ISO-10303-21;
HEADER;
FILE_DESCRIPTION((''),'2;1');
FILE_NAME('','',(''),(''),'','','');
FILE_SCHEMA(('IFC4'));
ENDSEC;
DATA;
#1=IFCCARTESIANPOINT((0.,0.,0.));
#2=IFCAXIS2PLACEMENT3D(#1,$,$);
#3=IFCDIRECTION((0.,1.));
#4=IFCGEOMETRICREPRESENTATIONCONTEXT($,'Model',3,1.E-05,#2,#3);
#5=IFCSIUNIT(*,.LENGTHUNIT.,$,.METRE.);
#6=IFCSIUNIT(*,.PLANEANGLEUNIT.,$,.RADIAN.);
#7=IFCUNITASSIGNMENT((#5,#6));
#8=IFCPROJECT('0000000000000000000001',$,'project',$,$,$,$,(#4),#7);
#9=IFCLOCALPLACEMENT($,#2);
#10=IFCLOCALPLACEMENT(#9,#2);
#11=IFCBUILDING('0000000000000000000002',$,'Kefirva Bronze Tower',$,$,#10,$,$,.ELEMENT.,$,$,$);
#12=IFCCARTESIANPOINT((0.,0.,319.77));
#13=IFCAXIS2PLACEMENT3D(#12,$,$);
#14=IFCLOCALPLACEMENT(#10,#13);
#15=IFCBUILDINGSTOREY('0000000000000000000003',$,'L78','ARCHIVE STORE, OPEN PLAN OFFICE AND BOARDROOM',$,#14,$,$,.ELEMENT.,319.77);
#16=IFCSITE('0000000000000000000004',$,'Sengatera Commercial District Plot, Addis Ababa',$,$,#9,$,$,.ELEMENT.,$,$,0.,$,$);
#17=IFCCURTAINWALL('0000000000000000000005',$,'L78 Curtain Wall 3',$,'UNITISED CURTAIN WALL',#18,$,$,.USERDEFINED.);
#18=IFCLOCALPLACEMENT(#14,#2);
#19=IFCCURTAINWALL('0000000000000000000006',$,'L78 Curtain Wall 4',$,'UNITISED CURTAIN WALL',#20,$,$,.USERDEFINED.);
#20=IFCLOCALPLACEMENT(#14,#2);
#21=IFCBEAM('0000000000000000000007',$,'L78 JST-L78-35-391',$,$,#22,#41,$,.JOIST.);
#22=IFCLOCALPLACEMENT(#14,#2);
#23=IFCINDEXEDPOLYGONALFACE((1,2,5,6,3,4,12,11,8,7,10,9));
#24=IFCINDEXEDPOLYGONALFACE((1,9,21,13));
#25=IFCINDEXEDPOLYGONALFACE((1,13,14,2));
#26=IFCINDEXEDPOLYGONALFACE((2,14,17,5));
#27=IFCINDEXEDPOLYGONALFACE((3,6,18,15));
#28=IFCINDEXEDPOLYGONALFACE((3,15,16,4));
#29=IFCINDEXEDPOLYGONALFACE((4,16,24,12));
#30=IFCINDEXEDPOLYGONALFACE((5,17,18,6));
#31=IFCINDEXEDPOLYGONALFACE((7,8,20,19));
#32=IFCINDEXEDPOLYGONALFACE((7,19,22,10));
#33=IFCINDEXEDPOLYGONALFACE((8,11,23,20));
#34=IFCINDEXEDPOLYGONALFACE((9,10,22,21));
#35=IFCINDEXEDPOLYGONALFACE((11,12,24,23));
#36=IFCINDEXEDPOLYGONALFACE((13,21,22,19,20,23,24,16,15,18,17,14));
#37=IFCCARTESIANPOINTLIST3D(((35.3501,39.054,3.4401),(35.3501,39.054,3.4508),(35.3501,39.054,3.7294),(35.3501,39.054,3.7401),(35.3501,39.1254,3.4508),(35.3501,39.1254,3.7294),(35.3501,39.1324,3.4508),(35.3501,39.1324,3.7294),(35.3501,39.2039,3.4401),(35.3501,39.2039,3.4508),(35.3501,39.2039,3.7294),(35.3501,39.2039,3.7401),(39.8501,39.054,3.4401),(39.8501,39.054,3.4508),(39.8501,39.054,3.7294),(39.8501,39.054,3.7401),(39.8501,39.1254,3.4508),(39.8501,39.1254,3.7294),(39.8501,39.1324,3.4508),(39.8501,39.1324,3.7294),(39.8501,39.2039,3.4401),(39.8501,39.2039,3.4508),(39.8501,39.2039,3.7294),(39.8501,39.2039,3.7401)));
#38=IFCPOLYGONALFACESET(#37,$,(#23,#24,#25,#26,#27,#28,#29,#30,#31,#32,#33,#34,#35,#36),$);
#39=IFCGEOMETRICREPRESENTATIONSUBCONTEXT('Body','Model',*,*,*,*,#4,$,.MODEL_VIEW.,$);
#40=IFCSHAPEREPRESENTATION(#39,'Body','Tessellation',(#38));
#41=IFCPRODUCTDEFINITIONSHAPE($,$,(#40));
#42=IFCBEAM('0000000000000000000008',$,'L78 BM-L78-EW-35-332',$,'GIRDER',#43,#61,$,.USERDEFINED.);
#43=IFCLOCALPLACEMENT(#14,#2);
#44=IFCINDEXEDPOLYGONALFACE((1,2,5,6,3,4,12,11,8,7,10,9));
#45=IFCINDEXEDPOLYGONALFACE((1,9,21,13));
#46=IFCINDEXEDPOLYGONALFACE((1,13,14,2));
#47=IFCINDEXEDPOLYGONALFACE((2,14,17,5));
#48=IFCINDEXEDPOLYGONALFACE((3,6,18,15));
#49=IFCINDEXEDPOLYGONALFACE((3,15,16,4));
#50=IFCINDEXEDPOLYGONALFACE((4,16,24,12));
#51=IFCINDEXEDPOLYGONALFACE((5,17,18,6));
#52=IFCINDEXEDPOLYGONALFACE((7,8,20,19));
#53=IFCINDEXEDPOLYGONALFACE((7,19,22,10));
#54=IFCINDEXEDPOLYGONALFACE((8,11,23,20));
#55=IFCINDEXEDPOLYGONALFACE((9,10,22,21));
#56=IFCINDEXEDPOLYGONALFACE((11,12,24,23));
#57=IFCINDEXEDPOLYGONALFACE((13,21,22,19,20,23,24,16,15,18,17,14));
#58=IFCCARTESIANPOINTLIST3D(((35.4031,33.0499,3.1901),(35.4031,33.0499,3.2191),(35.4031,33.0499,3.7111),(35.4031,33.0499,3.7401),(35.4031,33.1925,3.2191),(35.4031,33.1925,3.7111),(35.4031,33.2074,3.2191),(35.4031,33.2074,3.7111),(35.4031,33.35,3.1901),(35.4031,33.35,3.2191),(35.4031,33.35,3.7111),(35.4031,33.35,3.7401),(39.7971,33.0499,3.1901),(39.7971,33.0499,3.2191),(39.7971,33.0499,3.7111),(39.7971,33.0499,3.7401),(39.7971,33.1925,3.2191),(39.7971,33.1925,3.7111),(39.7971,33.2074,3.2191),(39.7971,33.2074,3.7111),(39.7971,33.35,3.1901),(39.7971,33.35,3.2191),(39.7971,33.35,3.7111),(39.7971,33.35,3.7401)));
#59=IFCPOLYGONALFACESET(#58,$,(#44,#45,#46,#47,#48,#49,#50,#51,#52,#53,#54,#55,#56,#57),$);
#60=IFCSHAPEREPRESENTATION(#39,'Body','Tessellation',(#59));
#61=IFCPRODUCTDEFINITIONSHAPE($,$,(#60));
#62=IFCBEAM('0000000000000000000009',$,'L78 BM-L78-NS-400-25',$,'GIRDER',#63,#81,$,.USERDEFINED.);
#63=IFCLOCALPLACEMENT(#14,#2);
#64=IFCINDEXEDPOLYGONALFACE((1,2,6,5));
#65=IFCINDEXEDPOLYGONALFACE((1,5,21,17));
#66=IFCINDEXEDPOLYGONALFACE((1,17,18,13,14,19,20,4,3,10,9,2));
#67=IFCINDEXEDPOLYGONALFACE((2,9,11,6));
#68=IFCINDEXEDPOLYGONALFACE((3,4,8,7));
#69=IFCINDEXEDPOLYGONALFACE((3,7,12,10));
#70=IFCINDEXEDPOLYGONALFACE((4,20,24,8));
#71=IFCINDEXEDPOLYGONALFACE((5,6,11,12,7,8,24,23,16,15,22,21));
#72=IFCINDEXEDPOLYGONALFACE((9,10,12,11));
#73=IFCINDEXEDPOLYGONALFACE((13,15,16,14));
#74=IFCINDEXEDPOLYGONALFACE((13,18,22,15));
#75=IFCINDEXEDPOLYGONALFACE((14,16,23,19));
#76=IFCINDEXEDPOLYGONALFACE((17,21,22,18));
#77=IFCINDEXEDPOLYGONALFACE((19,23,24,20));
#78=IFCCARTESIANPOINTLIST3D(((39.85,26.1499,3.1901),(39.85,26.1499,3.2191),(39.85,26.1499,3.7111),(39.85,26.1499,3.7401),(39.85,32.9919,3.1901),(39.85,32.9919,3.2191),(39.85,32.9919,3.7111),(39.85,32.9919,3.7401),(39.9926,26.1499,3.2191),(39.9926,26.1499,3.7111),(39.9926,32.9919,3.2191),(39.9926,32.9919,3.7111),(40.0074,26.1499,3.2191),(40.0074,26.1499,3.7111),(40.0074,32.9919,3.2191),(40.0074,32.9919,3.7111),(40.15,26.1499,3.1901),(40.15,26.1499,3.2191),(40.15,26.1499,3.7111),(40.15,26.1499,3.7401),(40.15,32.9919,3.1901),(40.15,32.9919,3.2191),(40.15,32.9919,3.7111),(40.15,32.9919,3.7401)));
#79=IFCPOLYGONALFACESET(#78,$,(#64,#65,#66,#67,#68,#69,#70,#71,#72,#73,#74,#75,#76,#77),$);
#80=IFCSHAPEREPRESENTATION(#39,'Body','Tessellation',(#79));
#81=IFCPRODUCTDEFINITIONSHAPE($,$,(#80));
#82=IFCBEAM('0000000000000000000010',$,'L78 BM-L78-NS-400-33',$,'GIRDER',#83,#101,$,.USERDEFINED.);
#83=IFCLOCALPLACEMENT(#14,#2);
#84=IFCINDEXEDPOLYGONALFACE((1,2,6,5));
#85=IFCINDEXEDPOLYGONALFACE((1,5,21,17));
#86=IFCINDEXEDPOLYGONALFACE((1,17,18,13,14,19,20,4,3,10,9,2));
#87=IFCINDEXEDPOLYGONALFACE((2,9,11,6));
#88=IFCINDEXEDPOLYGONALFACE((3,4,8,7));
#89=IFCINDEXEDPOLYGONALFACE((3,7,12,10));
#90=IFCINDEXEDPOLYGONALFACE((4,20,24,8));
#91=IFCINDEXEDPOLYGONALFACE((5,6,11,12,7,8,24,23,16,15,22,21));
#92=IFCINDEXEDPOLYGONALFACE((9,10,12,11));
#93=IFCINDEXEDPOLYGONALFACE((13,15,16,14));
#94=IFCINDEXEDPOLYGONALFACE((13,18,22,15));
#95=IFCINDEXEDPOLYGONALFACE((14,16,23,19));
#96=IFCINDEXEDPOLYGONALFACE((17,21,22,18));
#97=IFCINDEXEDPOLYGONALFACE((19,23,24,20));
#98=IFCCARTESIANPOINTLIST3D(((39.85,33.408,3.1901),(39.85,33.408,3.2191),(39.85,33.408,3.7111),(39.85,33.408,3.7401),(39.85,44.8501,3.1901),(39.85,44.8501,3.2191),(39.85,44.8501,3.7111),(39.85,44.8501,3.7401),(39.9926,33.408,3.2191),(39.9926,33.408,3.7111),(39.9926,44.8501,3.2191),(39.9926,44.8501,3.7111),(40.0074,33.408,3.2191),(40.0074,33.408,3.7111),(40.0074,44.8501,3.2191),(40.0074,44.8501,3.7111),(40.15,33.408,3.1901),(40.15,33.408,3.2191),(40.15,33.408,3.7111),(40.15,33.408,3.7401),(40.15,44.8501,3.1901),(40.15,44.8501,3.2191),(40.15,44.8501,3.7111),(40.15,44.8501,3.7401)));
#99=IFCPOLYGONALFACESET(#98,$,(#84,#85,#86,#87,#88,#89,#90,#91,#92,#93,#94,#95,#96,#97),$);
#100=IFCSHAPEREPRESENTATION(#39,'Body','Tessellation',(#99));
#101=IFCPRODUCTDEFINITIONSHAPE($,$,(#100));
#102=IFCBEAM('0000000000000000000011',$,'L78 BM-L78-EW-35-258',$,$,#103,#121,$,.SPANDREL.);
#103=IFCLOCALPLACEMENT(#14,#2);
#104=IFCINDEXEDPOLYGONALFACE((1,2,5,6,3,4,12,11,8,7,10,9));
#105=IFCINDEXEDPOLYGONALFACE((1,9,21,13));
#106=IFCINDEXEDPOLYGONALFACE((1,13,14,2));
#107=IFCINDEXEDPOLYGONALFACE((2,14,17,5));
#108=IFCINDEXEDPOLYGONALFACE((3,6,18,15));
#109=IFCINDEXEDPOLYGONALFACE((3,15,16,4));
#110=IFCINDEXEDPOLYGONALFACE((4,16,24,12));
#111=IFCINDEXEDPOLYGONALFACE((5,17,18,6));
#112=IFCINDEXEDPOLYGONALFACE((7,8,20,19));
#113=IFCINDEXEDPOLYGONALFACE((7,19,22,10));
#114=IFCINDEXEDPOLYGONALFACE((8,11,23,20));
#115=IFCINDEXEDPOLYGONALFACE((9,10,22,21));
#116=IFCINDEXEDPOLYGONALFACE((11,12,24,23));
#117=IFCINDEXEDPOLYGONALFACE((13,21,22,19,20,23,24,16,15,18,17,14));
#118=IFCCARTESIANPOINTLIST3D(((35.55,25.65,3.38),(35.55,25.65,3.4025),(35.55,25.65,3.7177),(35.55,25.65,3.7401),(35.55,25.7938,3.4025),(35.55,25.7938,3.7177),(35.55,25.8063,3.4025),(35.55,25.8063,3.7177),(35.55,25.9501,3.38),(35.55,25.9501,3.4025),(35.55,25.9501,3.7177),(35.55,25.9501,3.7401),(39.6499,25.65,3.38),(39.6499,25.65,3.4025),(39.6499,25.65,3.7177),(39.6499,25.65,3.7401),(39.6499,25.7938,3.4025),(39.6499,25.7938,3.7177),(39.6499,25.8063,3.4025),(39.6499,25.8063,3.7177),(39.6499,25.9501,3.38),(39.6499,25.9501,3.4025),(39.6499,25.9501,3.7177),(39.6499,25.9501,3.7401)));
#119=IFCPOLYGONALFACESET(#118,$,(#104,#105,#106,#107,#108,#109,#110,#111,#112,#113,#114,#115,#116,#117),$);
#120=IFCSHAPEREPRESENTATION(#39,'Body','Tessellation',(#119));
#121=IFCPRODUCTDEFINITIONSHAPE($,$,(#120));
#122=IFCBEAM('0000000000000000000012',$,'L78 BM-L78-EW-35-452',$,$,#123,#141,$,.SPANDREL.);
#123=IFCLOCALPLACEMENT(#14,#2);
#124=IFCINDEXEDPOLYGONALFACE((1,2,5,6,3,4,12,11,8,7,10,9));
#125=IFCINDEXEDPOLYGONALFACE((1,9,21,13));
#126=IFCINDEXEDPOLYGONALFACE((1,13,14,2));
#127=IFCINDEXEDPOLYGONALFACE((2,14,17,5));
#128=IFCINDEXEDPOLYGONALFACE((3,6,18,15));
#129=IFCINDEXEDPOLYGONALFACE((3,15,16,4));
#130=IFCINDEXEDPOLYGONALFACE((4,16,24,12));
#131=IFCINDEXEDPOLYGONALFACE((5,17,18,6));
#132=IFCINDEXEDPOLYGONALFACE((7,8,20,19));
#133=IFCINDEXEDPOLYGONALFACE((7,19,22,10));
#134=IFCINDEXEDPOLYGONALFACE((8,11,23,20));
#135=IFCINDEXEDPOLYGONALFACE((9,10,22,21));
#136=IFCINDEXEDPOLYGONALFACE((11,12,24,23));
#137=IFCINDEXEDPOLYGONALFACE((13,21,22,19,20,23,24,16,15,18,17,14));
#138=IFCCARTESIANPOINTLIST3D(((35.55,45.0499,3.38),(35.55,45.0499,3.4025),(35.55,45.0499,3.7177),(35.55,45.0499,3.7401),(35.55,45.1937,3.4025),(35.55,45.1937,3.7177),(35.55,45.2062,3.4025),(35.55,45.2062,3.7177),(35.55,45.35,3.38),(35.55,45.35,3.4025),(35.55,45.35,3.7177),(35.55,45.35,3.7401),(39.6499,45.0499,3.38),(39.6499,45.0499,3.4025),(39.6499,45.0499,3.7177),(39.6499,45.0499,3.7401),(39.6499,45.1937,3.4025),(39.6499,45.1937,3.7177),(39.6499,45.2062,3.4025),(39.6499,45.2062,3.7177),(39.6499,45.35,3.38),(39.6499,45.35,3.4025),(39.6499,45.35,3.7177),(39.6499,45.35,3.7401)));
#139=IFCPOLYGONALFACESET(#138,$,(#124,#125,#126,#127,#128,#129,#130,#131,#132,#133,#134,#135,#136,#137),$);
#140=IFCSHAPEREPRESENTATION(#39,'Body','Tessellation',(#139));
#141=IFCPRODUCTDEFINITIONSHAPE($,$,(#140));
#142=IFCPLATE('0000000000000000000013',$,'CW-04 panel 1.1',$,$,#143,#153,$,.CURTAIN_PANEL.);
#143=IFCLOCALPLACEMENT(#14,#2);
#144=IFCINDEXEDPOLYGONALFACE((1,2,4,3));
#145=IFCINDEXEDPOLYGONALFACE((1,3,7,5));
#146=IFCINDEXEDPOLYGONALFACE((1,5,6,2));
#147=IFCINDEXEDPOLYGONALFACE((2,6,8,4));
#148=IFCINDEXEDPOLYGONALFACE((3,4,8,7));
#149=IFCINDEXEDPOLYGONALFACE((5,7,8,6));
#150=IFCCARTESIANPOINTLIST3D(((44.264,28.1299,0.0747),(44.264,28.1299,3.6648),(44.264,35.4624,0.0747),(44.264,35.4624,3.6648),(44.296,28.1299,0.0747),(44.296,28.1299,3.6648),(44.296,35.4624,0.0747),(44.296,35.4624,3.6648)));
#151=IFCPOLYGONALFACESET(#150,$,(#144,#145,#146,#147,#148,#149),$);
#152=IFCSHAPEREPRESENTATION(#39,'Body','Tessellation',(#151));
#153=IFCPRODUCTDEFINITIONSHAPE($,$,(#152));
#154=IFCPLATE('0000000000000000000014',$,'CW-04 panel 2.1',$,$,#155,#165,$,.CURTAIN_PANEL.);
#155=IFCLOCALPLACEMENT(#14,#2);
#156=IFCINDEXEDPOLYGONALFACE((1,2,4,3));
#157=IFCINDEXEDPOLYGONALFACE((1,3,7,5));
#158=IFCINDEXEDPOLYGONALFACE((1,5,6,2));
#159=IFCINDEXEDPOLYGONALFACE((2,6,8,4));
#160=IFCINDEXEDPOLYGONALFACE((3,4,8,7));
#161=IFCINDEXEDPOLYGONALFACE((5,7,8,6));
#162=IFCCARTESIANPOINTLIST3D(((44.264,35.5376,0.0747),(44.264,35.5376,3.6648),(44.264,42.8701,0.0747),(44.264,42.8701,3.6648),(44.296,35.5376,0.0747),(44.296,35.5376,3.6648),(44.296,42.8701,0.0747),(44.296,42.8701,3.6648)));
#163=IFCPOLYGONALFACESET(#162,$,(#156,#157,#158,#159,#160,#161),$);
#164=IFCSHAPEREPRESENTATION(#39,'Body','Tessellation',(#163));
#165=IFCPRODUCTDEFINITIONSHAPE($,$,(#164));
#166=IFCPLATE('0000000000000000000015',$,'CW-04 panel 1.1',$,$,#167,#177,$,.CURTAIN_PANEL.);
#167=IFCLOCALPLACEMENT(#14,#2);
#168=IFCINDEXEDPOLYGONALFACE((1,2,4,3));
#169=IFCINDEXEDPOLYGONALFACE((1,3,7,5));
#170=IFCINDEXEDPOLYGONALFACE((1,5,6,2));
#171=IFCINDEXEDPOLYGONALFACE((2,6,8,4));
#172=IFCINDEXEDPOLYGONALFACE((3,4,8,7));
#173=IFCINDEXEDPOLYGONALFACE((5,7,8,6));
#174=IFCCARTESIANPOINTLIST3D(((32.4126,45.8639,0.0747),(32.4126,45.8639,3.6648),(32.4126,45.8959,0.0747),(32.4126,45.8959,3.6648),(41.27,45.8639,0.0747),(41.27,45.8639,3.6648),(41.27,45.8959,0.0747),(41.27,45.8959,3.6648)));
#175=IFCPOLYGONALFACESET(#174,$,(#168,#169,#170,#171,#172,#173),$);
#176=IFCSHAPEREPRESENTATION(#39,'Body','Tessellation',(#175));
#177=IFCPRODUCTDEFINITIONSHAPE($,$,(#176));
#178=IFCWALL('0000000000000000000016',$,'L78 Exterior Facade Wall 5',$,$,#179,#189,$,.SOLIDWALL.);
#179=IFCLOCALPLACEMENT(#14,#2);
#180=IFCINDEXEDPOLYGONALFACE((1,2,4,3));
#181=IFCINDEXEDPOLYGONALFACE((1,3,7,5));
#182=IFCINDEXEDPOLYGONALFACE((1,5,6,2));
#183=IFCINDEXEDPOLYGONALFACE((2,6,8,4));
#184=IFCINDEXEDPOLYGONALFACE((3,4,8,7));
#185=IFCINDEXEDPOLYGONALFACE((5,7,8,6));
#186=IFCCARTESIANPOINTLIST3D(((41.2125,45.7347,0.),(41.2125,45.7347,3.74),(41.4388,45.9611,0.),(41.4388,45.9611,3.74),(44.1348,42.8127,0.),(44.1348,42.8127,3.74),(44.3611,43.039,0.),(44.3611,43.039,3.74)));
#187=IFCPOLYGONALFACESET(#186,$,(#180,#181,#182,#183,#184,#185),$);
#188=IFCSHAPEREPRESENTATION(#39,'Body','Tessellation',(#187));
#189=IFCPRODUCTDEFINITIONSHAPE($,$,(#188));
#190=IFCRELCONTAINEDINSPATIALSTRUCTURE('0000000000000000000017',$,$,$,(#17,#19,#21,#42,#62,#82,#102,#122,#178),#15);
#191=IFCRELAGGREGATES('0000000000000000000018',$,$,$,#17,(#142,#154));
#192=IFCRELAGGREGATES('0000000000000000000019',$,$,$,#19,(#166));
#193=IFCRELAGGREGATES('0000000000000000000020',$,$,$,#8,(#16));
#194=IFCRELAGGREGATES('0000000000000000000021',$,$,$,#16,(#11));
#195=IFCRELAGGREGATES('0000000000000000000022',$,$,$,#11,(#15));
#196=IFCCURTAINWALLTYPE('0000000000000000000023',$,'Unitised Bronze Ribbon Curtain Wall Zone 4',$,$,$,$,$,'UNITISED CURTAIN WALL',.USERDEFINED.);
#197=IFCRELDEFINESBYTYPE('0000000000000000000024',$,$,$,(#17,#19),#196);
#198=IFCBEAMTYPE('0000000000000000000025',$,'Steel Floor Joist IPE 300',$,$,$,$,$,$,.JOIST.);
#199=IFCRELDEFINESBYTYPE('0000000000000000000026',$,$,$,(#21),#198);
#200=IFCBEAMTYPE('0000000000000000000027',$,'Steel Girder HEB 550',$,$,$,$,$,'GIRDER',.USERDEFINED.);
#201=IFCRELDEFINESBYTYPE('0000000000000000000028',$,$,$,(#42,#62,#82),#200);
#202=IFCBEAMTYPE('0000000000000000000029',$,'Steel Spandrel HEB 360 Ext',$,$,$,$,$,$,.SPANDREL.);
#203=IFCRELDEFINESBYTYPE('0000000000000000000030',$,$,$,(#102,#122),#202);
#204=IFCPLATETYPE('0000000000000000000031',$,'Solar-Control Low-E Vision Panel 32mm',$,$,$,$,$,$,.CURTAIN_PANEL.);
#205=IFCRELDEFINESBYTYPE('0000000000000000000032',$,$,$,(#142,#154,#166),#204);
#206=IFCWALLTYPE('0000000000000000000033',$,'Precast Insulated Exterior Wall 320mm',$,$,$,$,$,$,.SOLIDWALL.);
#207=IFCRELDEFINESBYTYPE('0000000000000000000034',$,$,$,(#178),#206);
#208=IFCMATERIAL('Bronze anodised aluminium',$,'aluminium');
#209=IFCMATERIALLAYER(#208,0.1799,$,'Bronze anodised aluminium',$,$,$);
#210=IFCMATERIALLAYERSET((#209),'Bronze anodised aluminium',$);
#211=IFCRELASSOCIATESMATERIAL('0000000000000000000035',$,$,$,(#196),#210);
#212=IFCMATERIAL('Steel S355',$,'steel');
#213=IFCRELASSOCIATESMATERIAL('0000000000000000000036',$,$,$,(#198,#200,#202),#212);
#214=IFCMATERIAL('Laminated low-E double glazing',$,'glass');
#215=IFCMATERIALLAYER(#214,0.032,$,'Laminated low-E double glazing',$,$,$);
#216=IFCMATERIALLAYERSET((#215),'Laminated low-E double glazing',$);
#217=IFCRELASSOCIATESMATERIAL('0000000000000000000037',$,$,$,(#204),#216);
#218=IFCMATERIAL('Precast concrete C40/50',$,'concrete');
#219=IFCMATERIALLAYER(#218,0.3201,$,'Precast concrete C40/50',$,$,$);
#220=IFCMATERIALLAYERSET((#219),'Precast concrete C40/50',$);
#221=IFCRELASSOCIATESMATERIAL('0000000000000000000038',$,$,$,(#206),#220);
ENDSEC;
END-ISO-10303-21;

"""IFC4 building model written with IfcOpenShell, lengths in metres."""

from ifc_helpers import new_model, si_unit, direction, frame, frame_2d, origin, origin_2d, place, context, subcontext, project, spatial, rectangle, i_section, extrude, material, layer, layer_set, material_profile, profile_set, type_object, element, aggregate, save


model = new_model("IFC4")

# Units and contexts
model_context = context("Model", 3, precision=1e-05, world=origin(), true_north=direction((0.0, 1.0)))
body_context = subcontext(model_context, "Body", "Model", "MODEL_VIEW")
ifc_project = project(units=[si_unit("LENGTHUNIT", "METRE"), si_unit("PLANEANGLEUNIT", "RADIAN")], contexts=[model_context])

# Site, building, storey
site_placement = place(None, origin())
site = spatial("IfcSite", under=ifc_project, at=site_placement, Name="Sengatera Commercial District Plot, Addis Ababa", CompositionType="ELEMENT", RefElevation=0.0)
building_placement = place(site_placement, origin())
building = spatial("IfcBuilding", under=site, at=building_placement, Name="Kefirva Bronze Tower", CompositionType="ELEMENT")
storey_placement = place(building_placement, frame((0.0, 0.0, 319.77)))
storey = spatial("IfcBuildingStorey", under=building, at=storey_placement, Name="L78", Description="ARCHIVE STORE, OPEN PLAN OFFICE AND BOARDROOM", CompositionType="ELEMENT", Elevation=319.77)

# Curtain wall
ifc_material_1 = material(Name="Bronze anodised aluminium", Category="aluminium")
ifc_layer_1 = layer(ifc_material_1, 0.1799, Name="Bronze anodised aluminium")
ifc_layer_set_1 = layer_set([ifc_layer_1], Name="Bronze anodised aluminium")
curtain_wall_type = type_object("IfcCurtainWallType", Name="Unitised Bronze Ribbon Curtain Wall Zone 4", ElementType="UNITISED CURTAIN WALL", PredefinedType="USERDEFINED", material=ifc_layer_set_1)
curtain_wall_1_placement = place(storey_placement, origin())
curtain_wall_1 = element("IfcCurtainWall", 1, at=curtain_wall_1_placement, inside=storey, type_object=curtain_wall_type, Name="L78 Curtain Wall 3", ObjectType="UNITISED CURTAIN WALL", PredefinedType="USERDEFINED")

# Curtain wall
curtain_wall_2_placement = place(storey_placement, origin())
curtain_wall_2 = element("IfcCurtainWall", 2, at=curtain_wall_2_placement, inside=storey, type_object=curtain_wall_type, Name="L78 Curtain Wall 4", ObjectType="UNITISED CURTAIN WALL", PredefinedType="USERDEFINED")

# Beams
ifc_material_2 = material(Name="Steel S355", Category="steel")
ifc_material_profile_1 = material_profile(ifc_material_2, i_section(OverallWidth=0.1499, OverallDepth=0.3, WebThickness=0.0071, FlangeThickness=0.0107, at=origin_2d()), Name="IPE 300")
ifc_profile_set_1 = profile_set([ifc_material_profile_1], Name="Steel S355")
beam_type_1 = type_object("IfcBeamType", Name="Steel Floor Joist IPE 300", PredefinedType="JOIST", material=ifc_profile_set_1)
beam_1_placement = place(storey_placement, frame((35.3501, 39.1289, 3.5901), z_axis=(1.0, 0.0, 0.0), x_axis=(0.0, 1.0, 0.0)))
element("IfcBeam", 3, at=beam_1_placement, inside=storey, type_object=beam_type_1, Name="L78 JST-L78-35-391", PredefinedType="JOIST", context=body_context, shape_type="SweptSolid", body=[
    extrude(i_section(OverallWidth=0.1499, OverallDepth=0.3, WebThickness=0.0071, FlangeThickness=0.0107, at=origin_2d()), origin(), (0.0, 0.0, 1.0), 4.5),
])
ifc_material_profile_2 = material_profile(ifc_material_2, i_section(OverallWidth=0.3, OverallDepth=0.55, WebThickness=0.0149, FlangeThickness=0.0291, at=origin_2d()), Name="HEB 550")
ifc_profile_set_2 = profile_set([ifc_material_profile_2], Name="Steel S355")
beam_type_2 = type_object("IfcBeamType", Name="Steel Girder HEB 550", ElementType="GIRDER", PredefinedType="USERDEFINED", material=ifc_profile_set_2)
beam_2_placement = place(storey_placement, frame((35.4031, 33.2, 3.4651), z_axis=(1.0, 0.0, 0.0), x_axis=(0.0, 1.0, 0.0)))
element("IfcBeam", 4, at=beam_2_placement, inside=storey, type_object=beam_type_2, Name="L78 BM-L78-EW-35-332", ObjectType="GIRDER", PredefinedType="USERDEFINED", context=body_context, shape_type="SweptSolid", body=[
    extrude(i_section(OverallWidth=0.3, OverallDepth=0.55, WebThickness=0.0149, FlangeThickness=0.0291, at=origin_2d()), origin(), (0.0, 0.0, 1.0), 4.394),
])
beam_3_placement = place(storey_placement, frame((40.0, 26.1499, 3.4651), z_axis=(0.0, 1.0, 0.0), x_axis=(-1.0, 0.0, 0.0)))
element("IfcBeam", 5, at=beam_3_placement, inside=storey, type_object=beam_type_2, Name="L78 BM-L78-NS-400-25", ObjectType="GIRDER", PredefinedType="USERDEFINED", context=body_context, shape_type="SweptSolid", body=[
    extrude(i_section(OverallWidth=0.3, OverallDepth=0.55, WebThickness=0.0149, FlangeThickness=0.0291, at=origin_2d()), origin(), (0.0, 0.0, 1.0), 6.842),
])
beam_4_placement = place(storey_placement, frame((40.0, 33.408, 3.4651), z_axis=(0.0, 1.0, 0.0), x_axis=(-1.0, 0.0, 0.0)))
element("IfcBeam", 6, at=beam_4_placement, inside=storey, type_object=beam_type_2, Name="L78 BM-L78-NS-400-33", ObjectType="GIRDER", PredefinedType="USERDEFINED", context=body_context, shape_type="SweptSolid", body=[
    extrude(i_section(OverallWidth=0.3, OverallDepth=0.55, WebThickness=0.0149, FlangeThickness=0.0291, at=origin_2d()), origin(), (0.0, 0.0, 1.0), 11.4421),
])
ifc_material_profile_3 = material_profile(ifc_material_2, i_section(OverallWidth=0.3, OverallDepth=0.3601, WebThickness=0.0125, FlangeThickness=0.0225, at=origin_2d()), Name="HEB 360")
ifc_profile_set_3 = profile_set([ifc_material_profile_3], Name="Steel S355")
beam_type_3 = type_object("IfcBeamType", Name="Steel Spandrel HEB 360 Ext", PredefinedType="SPANDREL", material=ifc_profile_set_3)
for number, where, z_axis, x_axis, name in (
    (7, (35.55, 25.8, 3.5601), (1.0, 0.0, 0.0), (0.0, 1.0, 0.0), "L78 BM-L78-EW-35-258"),
    (8, (35.55, 45.2, 3.5601), (1.0, 0.0, 0.0), (0.0, 1.0, 0.0), "L78 BM-L78-EW-35-452"),
):
    element("IfcBeam", number, at=place(storey_placement, frame(where, z_axis=z_axis, x_axis=x_axis)), inside=storey, type_object=beam_type_3, Name=name, PredefinedType="SPANDREL", context=body_context, shape_type="SweptSolid", body=[
        extrude(i_section(OverallWidth=0.3, OverallDepth=0.3601, WebThickness=0.0125, FlangeThickness=0.0225, at=origin_2d()), origin(), (0.0, 0.0, 1.0), 4.0999),
    ])

# Plates
ifc_material_3 = material(Name="Laminated low-E double glazing", Category="glass")
ifc_layer_2 = layer(ifc_material_3, 0.032, Name="Laminated low-E double glazing")
ifc_layer_set_2 = layer_set([ifc_layer_2], Name="Laminated low-E double glazing")
plate_type = type_object("IfcPlateType", Name="Solar-Control Low-E Vision Panel 32mm", PredefinedType="CURTAIN_PANEL", material=ifc_layer_set_2)
plate_1_placement = place(storey_placement, frame((44.28, 31.7961, 0.0747), z_axis=(0.0, 0.0, 1.0), x_axis=(0.0, 1.0, 0.0)))
plate_1 = element("IfcPlate", 9, at=plate_1_placement, type_object=plate_type, Name="CW-04 panel 1.1", PredefinedType="CURTAIN_PANEL", context=body_context, shape_type="SweptSolid", body=[
    extrude(rectangle(XDim=7.3325, YDim=0.032, at=origin_2d()), origin(), (0.0, 0.0, 1.0), 3.5901),
])
plate_2_placement = place(storey_placement, frame((44.28, 39.2039, 0.0747), z_axis=(0.0, 0.0, 1.0), x_axis=(0.0, 1.0, 0.0)))
plate_2 = element("IfcPlate", 10, at=plate_2_placement, type_object=plate_type, Name="CW-04 panel 2.1", PredefinedType="CURTAIN_PANEL", context=body_context, shape_type="SweptSolid", body=[
    extrude(rectangle(XDim=7.3325, YDim=0.032, at=origin_2d()), origin(), (0.0, 0.0, 1.0), 3.5901),
])
aggregate(curtain_wall_1, [plate_1, plate_2])
plate_3_placement = place(storey_placement, frame((36.8413, 45.8799, 0.0747), z_axis=(0.0, 0.0, 1.0), x_axis=(-1.0, 0.0, 0.0)))
plate_3 = element("IfcPlate", 11, at=plate_3_placement, type_object=plate_type, Name="CW-04 panel 1.1", PredefinedType="CURTAIN_PANEL", context=body_context, shape_type="SweptSolid", body=[
    extrude(rectangle(XDim=8.8574, YDim=0.032, at=origin_2d()), origin(), (0.0, 0.0, 1.0), 3.5901),
])
aggregate(curtain_wall_2, [plate_3])

# Wall
ifc_material_4 = material(Name="Precast concrete C40/50", Category="concrete")
ifc_layer_3 = layer(ifc_material_4, 0.3201, Name="Precast concrete C40/50")
ifc_layer_set_3 = layer_set([ifc_layer_3], Name="Precast concrete C40/50")
wall_type = type_object("IfcWallType", Name="Precast Insulated Exterior Wall 320mm", PredefinedType="SOLIDWALL", material=ifc_layer_set_3)
wall_placement = place(storey_placement, frame((44.248, 42.9258, 0.0), z_axis=(0.0, 0.0, 1.0), x_axis=(-0.707136, 0.707077, 0.0)))
element("IfcWall", 12, at=wall_placement, inside=storey, type_object=wall_type, Name="L78 Exterior Facade Wall 5", PredefinedType="SOLIDWALL", context=body_context, shape_type="SweptSolid", body=[
    extrude(rectangle(XDim=4.1326, YDim=0.3201, at=frame_2d((2.0664, 0.0))), origin(), (0.0, 0.0, 1.0), 3.74),
])

save(model, "model.ifc")
